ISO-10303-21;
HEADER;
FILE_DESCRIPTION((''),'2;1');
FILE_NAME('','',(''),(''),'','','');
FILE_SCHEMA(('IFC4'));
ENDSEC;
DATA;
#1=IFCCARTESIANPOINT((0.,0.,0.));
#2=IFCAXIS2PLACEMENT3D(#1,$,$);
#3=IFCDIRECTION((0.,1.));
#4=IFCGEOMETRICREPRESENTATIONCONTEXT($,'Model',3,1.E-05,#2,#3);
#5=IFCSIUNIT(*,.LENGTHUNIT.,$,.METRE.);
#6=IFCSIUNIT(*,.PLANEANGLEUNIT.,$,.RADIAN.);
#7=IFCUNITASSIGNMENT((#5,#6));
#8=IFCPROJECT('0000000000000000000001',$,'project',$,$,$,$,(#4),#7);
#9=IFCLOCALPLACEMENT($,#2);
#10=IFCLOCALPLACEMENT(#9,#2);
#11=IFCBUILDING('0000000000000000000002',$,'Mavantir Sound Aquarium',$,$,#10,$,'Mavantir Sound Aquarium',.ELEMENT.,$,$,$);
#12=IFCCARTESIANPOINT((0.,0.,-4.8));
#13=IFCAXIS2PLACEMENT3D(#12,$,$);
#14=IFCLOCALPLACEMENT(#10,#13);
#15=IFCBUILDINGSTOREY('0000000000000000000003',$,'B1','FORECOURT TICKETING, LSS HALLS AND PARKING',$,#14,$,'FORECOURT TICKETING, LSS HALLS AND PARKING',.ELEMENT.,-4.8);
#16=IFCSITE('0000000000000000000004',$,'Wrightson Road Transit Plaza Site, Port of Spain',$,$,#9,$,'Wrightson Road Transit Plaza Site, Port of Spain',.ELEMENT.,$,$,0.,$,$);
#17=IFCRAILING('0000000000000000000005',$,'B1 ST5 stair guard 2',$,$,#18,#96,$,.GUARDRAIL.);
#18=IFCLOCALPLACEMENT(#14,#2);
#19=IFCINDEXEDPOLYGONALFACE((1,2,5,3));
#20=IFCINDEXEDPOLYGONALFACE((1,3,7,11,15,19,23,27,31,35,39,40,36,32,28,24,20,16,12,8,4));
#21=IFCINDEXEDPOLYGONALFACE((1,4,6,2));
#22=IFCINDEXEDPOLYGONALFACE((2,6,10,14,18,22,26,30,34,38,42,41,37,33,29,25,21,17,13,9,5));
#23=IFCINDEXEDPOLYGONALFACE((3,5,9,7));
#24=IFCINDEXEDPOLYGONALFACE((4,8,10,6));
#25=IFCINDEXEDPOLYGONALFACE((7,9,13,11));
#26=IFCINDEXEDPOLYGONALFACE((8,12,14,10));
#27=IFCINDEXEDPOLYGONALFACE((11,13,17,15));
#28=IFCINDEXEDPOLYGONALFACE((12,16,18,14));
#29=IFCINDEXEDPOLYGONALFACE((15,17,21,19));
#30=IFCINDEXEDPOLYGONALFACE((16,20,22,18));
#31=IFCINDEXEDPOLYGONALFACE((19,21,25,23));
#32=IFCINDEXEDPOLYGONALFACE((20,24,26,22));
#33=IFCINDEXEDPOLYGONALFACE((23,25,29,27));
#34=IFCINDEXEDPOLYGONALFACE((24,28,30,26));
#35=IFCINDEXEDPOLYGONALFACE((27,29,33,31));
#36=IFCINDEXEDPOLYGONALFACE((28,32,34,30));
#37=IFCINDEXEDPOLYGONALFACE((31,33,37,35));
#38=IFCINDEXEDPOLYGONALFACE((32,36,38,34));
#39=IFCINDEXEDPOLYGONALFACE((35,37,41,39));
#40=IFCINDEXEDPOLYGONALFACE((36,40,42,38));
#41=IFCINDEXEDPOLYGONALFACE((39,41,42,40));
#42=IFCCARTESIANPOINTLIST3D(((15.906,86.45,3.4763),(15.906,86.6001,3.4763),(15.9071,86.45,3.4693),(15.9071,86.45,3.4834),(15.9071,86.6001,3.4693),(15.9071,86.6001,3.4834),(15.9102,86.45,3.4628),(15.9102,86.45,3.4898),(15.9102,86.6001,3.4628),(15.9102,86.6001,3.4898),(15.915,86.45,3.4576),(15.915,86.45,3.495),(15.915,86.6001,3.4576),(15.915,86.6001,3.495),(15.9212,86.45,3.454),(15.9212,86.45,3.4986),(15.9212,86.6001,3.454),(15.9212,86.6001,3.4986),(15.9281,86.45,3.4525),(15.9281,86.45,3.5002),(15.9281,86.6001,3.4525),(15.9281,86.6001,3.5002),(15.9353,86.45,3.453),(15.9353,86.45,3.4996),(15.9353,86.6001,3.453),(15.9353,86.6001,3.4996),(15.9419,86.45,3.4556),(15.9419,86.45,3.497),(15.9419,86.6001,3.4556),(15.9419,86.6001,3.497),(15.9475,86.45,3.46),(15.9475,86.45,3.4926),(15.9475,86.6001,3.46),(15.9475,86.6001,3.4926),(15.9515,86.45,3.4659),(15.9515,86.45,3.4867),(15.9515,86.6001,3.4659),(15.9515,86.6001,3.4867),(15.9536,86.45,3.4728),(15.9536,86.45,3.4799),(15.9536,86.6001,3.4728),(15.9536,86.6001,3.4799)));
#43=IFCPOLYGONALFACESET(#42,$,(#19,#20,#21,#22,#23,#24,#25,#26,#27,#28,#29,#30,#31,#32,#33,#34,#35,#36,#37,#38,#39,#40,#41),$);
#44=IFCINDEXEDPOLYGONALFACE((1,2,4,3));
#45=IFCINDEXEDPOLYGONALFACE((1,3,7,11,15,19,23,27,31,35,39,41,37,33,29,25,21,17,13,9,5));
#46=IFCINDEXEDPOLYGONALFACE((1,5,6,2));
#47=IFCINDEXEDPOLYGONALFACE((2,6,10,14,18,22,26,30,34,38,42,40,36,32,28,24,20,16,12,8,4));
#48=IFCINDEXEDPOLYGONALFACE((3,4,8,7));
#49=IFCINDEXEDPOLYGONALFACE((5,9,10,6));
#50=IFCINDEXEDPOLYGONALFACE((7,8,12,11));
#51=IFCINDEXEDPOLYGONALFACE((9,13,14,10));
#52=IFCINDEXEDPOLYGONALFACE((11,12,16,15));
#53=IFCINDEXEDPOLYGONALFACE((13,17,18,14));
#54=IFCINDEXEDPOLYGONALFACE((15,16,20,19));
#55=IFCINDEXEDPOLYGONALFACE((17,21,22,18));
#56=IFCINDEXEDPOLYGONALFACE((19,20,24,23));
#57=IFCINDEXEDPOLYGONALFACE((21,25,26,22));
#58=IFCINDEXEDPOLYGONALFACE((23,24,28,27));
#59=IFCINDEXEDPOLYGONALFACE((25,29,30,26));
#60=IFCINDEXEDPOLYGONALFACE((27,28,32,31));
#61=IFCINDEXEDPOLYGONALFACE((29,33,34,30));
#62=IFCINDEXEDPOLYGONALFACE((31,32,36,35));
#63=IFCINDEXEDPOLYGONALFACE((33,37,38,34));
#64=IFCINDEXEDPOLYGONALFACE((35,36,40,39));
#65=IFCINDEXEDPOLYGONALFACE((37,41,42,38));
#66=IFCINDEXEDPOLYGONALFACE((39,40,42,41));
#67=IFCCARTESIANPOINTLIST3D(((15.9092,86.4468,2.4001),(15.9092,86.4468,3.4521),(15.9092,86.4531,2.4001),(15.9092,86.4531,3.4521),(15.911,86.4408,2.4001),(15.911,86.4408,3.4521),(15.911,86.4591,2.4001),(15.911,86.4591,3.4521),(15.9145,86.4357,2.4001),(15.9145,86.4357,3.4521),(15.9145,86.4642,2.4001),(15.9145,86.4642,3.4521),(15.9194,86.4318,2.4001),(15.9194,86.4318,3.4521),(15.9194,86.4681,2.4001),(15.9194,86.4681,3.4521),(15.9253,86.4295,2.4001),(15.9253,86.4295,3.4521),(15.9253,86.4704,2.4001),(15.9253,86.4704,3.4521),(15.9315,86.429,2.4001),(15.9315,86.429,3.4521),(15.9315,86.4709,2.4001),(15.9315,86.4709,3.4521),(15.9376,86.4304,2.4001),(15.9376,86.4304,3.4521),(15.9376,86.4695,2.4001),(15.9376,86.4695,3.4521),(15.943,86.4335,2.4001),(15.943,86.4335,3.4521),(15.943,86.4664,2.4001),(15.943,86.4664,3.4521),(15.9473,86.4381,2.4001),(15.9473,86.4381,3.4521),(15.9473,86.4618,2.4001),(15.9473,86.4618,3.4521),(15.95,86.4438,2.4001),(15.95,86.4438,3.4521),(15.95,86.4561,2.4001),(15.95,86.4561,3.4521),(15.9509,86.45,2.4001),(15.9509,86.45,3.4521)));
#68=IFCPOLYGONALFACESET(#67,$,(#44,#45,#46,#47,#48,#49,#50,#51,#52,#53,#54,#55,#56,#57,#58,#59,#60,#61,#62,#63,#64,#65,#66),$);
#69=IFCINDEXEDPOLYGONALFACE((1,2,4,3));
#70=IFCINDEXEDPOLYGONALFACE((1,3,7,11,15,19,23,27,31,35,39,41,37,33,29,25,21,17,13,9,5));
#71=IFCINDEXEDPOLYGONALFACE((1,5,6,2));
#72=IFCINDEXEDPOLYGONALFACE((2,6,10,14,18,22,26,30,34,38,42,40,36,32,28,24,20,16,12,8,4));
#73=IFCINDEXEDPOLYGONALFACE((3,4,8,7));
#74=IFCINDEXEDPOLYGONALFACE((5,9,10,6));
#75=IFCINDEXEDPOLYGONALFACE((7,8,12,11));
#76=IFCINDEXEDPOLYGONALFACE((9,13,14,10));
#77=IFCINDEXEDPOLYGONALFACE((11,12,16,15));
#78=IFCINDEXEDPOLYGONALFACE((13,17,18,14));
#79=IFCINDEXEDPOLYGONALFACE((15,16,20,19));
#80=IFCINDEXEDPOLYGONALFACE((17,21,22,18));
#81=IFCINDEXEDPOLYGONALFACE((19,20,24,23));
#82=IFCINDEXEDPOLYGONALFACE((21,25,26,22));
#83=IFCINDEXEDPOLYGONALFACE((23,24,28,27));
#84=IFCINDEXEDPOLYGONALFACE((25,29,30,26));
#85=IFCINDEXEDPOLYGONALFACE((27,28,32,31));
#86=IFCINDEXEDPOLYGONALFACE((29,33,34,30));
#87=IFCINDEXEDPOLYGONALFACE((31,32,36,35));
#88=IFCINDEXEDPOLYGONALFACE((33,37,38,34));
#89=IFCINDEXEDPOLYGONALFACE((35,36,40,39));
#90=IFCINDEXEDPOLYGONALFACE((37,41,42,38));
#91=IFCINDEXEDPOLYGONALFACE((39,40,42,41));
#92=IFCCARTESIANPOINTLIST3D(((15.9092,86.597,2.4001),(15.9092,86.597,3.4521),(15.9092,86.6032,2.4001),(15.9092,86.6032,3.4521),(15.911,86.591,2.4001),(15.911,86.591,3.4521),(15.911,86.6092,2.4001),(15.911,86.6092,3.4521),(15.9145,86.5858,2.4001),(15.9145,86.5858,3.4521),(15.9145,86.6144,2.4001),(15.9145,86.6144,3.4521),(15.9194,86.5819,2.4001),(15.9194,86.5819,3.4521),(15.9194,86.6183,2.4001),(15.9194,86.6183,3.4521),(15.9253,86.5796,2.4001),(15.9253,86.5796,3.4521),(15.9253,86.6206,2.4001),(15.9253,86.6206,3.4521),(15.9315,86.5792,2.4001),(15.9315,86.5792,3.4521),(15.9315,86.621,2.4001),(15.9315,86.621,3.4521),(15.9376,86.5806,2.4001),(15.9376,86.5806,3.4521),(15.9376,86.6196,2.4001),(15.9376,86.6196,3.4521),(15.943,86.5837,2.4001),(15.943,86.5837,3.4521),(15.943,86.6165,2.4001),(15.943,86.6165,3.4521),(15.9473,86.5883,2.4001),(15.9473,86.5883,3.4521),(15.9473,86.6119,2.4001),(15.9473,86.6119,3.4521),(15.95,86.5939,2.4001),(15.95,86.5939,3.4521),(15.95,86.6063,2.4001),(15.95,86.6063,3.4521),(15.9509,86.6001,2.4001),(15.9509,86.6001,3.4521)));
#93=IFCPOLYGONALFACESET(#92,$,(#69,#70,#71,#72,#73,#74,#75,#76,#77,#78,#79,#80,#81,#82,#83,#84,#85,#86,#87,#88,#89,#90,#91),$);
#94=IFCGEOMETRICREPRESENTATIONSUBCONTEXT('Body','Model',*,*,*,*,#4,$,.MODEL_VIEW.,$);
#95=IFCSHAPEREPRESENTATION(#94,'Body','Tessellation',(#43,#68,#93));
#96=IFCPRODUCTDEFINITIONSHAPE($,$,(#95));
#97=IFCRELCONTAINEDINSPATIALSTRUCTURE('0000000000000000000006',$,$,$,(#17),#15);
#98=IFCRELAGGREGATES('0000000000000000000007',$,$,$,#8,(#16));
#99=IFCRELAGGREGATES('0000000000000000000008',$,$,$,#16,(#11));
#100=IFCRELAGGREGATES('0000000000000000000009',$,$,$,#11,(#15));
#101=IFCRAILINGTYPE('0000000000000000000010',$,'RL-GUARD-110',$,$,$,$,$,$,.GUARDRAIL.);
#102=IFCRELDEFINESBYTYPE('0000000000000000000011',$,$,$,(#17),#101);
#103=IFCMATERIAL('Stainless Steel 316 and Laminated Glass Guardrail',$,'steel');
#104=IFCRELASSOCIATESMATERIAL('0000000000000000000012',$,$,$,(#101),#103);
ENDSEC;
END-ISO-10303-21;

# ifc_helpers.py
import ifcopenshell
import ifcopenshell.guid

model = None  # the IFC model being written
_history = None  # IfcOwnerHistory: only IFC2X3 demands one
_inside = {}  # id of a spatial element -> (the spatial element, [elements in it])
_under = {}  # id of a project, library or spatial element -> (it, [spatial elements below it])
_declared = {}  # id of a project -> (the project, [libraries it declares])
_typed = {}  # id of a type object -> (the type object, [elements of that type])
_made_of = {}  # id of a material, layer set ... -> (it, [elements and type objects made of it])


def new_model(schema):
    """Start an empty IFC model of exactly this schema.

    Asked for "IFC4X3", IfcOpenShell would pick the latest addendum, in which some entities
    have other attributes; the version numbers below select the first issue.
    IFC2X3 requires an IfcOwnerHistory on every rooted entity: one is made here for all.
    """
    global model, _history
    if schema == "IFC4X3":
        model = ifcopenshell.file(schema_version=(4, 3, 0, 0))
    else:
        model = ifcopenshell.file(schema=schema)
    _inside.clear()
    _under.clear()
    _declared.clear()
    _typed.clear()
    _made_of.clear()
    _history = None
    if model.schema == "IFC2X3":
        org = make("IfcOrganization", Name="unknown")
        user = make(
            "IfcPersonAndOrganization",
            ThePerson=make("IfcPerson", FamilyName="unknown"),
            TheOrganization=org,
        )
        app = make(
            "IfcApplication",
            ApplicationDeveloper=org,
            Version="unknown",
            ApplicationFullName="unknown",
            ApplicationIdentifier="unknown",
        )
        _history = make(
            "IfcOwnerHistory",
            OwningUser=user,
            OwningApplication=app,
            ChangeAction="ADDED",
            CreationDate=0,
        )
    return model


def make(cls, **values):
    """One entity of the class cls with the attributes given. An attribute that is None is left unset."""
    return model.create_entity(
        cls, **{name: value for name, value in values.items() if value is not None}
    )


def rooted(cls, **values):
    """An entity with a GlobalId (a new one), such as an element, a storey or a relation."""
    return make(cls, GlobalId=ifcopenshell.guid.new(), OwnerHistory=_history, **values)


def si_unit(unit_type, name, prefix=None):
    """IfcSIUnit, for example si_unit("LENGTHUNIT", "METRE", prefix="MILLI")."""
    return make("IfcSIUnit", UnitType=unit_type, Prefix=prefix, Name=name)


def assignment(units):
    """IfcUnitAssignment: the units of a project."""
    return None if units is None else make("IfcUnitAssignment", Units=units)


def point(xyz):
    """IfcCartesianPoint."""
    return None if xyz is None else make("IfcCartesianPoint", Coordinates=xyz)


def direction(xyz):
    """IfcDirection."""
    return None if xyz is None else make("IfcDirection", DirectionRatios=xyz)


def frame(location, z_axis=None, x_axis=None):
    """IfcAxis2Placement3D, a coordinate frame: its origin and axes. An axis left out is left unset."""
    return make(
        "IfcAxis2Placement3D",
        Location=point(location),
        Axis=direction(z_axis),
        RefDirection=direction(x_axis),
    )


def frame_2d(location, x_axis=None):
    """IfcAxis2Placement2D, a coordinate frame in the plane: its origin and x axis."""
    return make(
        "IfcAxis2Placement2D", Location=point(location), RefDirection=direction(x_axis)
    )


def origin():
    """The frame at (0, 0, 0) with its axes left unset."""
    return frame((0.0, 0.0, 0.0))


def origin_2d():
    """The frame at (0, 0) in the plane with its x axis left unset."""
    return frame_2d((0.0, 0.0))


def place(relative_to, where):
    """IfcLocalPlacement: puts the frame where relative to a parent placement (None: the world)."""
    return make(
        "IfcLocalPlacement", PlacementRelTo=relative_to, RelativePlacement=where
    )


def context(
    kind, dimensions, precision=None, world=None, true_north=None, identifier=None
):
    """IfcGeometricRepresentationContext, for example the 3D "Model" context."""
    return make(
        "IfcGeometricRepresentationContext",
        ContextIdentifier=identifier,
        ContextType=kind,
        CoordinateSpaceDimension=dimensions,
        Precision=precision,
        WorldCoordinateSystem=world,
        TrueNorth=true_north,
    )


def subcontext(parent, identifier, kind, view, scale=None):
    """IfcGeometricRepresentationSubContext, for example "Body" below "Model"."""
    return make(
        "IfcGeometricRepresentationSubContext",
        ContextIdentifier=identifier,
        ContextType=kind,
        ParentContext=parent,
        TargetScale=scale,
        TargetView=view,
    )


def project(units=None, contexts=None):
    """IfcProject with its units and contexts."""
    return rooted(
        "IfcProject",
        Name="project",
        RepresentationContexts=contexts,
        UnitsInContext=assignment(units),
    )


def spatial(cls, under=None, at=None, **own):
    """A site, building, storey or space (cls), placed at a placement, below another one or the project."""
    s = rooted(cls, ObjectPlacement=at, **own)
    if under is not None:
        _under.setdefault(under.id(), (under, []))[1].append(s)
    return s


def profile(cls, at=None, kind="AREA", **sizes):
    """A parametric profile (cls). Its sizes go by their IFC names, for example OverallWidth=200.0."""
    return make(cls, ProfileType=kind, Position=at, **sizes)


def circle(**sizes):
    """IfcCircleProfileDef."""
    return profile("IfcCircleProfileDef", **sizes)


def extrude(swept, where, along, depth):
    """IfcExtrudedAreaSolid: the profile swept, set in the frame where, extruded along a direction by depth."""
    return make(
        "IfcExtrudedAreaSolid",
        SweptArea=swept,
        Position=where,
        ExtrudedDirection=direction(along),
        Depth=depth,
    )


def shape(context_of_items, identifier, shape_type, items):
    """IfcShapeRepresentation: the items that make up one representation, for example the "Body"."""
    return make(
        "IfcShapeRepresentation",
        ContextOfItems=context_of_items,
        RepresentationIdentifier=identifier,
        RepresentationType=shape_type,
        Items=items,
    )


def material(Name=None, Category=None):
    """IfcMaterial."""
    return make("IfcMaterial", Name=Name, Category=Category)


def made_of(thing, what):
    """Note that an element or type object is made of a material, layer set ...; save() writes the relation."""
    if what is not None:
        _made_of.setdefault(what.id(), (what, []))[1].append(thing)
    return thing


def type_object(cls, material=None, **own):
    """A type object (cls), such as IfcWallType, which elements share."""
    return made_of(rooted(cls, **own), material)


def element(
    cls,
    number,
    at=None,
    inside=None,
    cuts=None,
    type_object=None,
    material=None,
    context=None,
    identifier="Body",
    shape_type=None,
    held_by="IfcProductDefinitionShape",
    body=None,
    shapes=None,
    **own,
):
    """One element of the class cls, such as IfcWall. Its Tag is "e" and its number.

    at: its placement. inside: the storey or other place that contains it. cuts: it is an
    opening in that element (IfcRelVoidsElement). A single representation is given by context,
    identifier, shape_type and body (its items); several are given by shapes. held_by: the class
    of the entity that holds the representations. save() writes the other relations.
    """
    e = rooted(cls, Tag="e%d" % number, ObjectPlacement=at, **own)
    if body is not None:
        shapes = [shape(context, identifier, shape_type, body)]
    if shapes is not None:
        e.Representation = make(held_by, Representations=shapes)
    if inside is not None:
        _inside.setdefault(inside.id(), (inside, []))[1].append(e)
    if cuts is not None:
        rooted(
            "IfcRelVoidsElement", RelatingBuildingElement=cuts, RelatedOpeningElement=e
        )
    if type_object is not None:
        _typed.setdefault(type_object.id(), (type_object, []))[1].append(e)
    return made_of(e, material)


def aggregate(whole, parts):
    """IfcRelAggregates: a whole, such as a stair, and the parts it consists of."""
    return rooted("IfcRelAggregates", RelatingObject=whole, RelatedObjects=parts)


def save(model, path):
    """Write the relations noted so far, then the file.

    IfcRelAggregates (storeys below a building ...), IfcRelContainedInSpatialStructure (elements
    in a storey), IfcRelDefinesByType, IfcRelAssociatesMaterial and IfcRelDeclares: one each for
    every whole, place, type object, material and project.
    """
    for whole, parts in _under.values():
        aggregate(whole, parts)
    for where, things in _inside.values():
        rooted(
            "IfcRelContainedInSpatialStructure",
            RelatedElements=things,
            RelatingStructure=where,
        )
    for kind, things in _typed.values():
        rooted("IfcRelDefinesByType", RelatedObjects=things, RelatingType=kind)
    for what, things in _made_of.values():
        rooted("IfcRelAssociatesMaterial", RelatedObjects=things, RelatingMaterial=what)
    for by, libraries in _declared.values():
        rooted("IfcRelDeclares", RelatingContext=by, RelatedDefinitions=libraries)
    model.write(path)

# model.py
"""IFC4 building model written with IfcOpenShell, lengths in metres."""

from ifc_helpers import new_model, si_unit, direction, frame, origin, origin_2d, place, context, subcontext, project, spatial, circle, extrude, material, type_object, element, save


model = new_model("IFC4")

# Units and contexts
model_context = context("Model", 3, precision=1e-05, world=origin(), true_north=direction((0.0, 1.0)))
body_context = subcontext(model_context, "Body", "Model", "MODEL_VIEW")
ifc_project = project(units=[si_unit("LENGTHUNIT", "METRE"), si_unit("PLANEANGLEUNIT", "RADIAN")], contexts=[model_context])

# Site, building, storey
site_placement = place(None, origin())
site = spatial("IfcSite", under=ifc_project, at=site_placement, Name="Wrightson Road Transit Plaza Site, Port of Spain", LongName="Wrightson Road Transit Plaza Site, Port of Spain", CompositionType="ELEMENT", RefElevation=0.0)
building_placement = place(site_placement, origin())
building = spatial("IfcBuilding", under=site, at=building_placement, Name="Mavantir Sound Aquarium", LongName="Mavantir Sound Aquarium", CompositionType="ELEMENT")
storey_placement = place(building_placement, frame((0.0, 0.0, -4.8)))
storey = spatial("IfcBuildingStorey", under=building, at=storey_placement, Name="B1", Description="FORECOURT TICKETING, LSS HALLS AND PARKING", LongName="FORECOURT TICKETING, LSS HALLS AND PARKING", CompositionType="ELEMENT", Elevation=-4.8)

# Railing
ifc_material_1 = material(Name="Stainless Steel 316 and Laminated Glass Guardrail", Category="steel")
railing_type_1 = type_object("IfcRailingType", Name="RL-GUARD-110", PredefinedType="GUARDRAIL", material=ifc_material_1)
railing_1_placement = place(storey_placement, frame((15.9299, 86.45, 2.4001)))
element("IfcRailing", 1, at=railing_1_placement, inside=storey, type_object=railing_type_1, Name="B1 ST5 stair guard 2", PredefinedType="GUARDRAIL", context=body_context, shape_type="SweptSolid", body=[
    extrude(circle(Radius=0.0239, at=origin_2d()), frame((0.0, 0.0, 1.0762), z_axis=(0.0, 1.0, 0.0), x_axis=(-1.0, 0.0, 0.0)), (0.0, 0.0, 1.0), 0.1501),
    extrude(circle(Radius=0.021, at=origin_2d()), origin(), (0.0, 0.0, 1.0), 1.052),
    extrude(circle(Radius=0.021, at=origin_2d()), frame((0.0, 0.1501, 0.0)), (0.0, 0.0, 1.0), 1.052),
])

save(model, "model.ifc")
